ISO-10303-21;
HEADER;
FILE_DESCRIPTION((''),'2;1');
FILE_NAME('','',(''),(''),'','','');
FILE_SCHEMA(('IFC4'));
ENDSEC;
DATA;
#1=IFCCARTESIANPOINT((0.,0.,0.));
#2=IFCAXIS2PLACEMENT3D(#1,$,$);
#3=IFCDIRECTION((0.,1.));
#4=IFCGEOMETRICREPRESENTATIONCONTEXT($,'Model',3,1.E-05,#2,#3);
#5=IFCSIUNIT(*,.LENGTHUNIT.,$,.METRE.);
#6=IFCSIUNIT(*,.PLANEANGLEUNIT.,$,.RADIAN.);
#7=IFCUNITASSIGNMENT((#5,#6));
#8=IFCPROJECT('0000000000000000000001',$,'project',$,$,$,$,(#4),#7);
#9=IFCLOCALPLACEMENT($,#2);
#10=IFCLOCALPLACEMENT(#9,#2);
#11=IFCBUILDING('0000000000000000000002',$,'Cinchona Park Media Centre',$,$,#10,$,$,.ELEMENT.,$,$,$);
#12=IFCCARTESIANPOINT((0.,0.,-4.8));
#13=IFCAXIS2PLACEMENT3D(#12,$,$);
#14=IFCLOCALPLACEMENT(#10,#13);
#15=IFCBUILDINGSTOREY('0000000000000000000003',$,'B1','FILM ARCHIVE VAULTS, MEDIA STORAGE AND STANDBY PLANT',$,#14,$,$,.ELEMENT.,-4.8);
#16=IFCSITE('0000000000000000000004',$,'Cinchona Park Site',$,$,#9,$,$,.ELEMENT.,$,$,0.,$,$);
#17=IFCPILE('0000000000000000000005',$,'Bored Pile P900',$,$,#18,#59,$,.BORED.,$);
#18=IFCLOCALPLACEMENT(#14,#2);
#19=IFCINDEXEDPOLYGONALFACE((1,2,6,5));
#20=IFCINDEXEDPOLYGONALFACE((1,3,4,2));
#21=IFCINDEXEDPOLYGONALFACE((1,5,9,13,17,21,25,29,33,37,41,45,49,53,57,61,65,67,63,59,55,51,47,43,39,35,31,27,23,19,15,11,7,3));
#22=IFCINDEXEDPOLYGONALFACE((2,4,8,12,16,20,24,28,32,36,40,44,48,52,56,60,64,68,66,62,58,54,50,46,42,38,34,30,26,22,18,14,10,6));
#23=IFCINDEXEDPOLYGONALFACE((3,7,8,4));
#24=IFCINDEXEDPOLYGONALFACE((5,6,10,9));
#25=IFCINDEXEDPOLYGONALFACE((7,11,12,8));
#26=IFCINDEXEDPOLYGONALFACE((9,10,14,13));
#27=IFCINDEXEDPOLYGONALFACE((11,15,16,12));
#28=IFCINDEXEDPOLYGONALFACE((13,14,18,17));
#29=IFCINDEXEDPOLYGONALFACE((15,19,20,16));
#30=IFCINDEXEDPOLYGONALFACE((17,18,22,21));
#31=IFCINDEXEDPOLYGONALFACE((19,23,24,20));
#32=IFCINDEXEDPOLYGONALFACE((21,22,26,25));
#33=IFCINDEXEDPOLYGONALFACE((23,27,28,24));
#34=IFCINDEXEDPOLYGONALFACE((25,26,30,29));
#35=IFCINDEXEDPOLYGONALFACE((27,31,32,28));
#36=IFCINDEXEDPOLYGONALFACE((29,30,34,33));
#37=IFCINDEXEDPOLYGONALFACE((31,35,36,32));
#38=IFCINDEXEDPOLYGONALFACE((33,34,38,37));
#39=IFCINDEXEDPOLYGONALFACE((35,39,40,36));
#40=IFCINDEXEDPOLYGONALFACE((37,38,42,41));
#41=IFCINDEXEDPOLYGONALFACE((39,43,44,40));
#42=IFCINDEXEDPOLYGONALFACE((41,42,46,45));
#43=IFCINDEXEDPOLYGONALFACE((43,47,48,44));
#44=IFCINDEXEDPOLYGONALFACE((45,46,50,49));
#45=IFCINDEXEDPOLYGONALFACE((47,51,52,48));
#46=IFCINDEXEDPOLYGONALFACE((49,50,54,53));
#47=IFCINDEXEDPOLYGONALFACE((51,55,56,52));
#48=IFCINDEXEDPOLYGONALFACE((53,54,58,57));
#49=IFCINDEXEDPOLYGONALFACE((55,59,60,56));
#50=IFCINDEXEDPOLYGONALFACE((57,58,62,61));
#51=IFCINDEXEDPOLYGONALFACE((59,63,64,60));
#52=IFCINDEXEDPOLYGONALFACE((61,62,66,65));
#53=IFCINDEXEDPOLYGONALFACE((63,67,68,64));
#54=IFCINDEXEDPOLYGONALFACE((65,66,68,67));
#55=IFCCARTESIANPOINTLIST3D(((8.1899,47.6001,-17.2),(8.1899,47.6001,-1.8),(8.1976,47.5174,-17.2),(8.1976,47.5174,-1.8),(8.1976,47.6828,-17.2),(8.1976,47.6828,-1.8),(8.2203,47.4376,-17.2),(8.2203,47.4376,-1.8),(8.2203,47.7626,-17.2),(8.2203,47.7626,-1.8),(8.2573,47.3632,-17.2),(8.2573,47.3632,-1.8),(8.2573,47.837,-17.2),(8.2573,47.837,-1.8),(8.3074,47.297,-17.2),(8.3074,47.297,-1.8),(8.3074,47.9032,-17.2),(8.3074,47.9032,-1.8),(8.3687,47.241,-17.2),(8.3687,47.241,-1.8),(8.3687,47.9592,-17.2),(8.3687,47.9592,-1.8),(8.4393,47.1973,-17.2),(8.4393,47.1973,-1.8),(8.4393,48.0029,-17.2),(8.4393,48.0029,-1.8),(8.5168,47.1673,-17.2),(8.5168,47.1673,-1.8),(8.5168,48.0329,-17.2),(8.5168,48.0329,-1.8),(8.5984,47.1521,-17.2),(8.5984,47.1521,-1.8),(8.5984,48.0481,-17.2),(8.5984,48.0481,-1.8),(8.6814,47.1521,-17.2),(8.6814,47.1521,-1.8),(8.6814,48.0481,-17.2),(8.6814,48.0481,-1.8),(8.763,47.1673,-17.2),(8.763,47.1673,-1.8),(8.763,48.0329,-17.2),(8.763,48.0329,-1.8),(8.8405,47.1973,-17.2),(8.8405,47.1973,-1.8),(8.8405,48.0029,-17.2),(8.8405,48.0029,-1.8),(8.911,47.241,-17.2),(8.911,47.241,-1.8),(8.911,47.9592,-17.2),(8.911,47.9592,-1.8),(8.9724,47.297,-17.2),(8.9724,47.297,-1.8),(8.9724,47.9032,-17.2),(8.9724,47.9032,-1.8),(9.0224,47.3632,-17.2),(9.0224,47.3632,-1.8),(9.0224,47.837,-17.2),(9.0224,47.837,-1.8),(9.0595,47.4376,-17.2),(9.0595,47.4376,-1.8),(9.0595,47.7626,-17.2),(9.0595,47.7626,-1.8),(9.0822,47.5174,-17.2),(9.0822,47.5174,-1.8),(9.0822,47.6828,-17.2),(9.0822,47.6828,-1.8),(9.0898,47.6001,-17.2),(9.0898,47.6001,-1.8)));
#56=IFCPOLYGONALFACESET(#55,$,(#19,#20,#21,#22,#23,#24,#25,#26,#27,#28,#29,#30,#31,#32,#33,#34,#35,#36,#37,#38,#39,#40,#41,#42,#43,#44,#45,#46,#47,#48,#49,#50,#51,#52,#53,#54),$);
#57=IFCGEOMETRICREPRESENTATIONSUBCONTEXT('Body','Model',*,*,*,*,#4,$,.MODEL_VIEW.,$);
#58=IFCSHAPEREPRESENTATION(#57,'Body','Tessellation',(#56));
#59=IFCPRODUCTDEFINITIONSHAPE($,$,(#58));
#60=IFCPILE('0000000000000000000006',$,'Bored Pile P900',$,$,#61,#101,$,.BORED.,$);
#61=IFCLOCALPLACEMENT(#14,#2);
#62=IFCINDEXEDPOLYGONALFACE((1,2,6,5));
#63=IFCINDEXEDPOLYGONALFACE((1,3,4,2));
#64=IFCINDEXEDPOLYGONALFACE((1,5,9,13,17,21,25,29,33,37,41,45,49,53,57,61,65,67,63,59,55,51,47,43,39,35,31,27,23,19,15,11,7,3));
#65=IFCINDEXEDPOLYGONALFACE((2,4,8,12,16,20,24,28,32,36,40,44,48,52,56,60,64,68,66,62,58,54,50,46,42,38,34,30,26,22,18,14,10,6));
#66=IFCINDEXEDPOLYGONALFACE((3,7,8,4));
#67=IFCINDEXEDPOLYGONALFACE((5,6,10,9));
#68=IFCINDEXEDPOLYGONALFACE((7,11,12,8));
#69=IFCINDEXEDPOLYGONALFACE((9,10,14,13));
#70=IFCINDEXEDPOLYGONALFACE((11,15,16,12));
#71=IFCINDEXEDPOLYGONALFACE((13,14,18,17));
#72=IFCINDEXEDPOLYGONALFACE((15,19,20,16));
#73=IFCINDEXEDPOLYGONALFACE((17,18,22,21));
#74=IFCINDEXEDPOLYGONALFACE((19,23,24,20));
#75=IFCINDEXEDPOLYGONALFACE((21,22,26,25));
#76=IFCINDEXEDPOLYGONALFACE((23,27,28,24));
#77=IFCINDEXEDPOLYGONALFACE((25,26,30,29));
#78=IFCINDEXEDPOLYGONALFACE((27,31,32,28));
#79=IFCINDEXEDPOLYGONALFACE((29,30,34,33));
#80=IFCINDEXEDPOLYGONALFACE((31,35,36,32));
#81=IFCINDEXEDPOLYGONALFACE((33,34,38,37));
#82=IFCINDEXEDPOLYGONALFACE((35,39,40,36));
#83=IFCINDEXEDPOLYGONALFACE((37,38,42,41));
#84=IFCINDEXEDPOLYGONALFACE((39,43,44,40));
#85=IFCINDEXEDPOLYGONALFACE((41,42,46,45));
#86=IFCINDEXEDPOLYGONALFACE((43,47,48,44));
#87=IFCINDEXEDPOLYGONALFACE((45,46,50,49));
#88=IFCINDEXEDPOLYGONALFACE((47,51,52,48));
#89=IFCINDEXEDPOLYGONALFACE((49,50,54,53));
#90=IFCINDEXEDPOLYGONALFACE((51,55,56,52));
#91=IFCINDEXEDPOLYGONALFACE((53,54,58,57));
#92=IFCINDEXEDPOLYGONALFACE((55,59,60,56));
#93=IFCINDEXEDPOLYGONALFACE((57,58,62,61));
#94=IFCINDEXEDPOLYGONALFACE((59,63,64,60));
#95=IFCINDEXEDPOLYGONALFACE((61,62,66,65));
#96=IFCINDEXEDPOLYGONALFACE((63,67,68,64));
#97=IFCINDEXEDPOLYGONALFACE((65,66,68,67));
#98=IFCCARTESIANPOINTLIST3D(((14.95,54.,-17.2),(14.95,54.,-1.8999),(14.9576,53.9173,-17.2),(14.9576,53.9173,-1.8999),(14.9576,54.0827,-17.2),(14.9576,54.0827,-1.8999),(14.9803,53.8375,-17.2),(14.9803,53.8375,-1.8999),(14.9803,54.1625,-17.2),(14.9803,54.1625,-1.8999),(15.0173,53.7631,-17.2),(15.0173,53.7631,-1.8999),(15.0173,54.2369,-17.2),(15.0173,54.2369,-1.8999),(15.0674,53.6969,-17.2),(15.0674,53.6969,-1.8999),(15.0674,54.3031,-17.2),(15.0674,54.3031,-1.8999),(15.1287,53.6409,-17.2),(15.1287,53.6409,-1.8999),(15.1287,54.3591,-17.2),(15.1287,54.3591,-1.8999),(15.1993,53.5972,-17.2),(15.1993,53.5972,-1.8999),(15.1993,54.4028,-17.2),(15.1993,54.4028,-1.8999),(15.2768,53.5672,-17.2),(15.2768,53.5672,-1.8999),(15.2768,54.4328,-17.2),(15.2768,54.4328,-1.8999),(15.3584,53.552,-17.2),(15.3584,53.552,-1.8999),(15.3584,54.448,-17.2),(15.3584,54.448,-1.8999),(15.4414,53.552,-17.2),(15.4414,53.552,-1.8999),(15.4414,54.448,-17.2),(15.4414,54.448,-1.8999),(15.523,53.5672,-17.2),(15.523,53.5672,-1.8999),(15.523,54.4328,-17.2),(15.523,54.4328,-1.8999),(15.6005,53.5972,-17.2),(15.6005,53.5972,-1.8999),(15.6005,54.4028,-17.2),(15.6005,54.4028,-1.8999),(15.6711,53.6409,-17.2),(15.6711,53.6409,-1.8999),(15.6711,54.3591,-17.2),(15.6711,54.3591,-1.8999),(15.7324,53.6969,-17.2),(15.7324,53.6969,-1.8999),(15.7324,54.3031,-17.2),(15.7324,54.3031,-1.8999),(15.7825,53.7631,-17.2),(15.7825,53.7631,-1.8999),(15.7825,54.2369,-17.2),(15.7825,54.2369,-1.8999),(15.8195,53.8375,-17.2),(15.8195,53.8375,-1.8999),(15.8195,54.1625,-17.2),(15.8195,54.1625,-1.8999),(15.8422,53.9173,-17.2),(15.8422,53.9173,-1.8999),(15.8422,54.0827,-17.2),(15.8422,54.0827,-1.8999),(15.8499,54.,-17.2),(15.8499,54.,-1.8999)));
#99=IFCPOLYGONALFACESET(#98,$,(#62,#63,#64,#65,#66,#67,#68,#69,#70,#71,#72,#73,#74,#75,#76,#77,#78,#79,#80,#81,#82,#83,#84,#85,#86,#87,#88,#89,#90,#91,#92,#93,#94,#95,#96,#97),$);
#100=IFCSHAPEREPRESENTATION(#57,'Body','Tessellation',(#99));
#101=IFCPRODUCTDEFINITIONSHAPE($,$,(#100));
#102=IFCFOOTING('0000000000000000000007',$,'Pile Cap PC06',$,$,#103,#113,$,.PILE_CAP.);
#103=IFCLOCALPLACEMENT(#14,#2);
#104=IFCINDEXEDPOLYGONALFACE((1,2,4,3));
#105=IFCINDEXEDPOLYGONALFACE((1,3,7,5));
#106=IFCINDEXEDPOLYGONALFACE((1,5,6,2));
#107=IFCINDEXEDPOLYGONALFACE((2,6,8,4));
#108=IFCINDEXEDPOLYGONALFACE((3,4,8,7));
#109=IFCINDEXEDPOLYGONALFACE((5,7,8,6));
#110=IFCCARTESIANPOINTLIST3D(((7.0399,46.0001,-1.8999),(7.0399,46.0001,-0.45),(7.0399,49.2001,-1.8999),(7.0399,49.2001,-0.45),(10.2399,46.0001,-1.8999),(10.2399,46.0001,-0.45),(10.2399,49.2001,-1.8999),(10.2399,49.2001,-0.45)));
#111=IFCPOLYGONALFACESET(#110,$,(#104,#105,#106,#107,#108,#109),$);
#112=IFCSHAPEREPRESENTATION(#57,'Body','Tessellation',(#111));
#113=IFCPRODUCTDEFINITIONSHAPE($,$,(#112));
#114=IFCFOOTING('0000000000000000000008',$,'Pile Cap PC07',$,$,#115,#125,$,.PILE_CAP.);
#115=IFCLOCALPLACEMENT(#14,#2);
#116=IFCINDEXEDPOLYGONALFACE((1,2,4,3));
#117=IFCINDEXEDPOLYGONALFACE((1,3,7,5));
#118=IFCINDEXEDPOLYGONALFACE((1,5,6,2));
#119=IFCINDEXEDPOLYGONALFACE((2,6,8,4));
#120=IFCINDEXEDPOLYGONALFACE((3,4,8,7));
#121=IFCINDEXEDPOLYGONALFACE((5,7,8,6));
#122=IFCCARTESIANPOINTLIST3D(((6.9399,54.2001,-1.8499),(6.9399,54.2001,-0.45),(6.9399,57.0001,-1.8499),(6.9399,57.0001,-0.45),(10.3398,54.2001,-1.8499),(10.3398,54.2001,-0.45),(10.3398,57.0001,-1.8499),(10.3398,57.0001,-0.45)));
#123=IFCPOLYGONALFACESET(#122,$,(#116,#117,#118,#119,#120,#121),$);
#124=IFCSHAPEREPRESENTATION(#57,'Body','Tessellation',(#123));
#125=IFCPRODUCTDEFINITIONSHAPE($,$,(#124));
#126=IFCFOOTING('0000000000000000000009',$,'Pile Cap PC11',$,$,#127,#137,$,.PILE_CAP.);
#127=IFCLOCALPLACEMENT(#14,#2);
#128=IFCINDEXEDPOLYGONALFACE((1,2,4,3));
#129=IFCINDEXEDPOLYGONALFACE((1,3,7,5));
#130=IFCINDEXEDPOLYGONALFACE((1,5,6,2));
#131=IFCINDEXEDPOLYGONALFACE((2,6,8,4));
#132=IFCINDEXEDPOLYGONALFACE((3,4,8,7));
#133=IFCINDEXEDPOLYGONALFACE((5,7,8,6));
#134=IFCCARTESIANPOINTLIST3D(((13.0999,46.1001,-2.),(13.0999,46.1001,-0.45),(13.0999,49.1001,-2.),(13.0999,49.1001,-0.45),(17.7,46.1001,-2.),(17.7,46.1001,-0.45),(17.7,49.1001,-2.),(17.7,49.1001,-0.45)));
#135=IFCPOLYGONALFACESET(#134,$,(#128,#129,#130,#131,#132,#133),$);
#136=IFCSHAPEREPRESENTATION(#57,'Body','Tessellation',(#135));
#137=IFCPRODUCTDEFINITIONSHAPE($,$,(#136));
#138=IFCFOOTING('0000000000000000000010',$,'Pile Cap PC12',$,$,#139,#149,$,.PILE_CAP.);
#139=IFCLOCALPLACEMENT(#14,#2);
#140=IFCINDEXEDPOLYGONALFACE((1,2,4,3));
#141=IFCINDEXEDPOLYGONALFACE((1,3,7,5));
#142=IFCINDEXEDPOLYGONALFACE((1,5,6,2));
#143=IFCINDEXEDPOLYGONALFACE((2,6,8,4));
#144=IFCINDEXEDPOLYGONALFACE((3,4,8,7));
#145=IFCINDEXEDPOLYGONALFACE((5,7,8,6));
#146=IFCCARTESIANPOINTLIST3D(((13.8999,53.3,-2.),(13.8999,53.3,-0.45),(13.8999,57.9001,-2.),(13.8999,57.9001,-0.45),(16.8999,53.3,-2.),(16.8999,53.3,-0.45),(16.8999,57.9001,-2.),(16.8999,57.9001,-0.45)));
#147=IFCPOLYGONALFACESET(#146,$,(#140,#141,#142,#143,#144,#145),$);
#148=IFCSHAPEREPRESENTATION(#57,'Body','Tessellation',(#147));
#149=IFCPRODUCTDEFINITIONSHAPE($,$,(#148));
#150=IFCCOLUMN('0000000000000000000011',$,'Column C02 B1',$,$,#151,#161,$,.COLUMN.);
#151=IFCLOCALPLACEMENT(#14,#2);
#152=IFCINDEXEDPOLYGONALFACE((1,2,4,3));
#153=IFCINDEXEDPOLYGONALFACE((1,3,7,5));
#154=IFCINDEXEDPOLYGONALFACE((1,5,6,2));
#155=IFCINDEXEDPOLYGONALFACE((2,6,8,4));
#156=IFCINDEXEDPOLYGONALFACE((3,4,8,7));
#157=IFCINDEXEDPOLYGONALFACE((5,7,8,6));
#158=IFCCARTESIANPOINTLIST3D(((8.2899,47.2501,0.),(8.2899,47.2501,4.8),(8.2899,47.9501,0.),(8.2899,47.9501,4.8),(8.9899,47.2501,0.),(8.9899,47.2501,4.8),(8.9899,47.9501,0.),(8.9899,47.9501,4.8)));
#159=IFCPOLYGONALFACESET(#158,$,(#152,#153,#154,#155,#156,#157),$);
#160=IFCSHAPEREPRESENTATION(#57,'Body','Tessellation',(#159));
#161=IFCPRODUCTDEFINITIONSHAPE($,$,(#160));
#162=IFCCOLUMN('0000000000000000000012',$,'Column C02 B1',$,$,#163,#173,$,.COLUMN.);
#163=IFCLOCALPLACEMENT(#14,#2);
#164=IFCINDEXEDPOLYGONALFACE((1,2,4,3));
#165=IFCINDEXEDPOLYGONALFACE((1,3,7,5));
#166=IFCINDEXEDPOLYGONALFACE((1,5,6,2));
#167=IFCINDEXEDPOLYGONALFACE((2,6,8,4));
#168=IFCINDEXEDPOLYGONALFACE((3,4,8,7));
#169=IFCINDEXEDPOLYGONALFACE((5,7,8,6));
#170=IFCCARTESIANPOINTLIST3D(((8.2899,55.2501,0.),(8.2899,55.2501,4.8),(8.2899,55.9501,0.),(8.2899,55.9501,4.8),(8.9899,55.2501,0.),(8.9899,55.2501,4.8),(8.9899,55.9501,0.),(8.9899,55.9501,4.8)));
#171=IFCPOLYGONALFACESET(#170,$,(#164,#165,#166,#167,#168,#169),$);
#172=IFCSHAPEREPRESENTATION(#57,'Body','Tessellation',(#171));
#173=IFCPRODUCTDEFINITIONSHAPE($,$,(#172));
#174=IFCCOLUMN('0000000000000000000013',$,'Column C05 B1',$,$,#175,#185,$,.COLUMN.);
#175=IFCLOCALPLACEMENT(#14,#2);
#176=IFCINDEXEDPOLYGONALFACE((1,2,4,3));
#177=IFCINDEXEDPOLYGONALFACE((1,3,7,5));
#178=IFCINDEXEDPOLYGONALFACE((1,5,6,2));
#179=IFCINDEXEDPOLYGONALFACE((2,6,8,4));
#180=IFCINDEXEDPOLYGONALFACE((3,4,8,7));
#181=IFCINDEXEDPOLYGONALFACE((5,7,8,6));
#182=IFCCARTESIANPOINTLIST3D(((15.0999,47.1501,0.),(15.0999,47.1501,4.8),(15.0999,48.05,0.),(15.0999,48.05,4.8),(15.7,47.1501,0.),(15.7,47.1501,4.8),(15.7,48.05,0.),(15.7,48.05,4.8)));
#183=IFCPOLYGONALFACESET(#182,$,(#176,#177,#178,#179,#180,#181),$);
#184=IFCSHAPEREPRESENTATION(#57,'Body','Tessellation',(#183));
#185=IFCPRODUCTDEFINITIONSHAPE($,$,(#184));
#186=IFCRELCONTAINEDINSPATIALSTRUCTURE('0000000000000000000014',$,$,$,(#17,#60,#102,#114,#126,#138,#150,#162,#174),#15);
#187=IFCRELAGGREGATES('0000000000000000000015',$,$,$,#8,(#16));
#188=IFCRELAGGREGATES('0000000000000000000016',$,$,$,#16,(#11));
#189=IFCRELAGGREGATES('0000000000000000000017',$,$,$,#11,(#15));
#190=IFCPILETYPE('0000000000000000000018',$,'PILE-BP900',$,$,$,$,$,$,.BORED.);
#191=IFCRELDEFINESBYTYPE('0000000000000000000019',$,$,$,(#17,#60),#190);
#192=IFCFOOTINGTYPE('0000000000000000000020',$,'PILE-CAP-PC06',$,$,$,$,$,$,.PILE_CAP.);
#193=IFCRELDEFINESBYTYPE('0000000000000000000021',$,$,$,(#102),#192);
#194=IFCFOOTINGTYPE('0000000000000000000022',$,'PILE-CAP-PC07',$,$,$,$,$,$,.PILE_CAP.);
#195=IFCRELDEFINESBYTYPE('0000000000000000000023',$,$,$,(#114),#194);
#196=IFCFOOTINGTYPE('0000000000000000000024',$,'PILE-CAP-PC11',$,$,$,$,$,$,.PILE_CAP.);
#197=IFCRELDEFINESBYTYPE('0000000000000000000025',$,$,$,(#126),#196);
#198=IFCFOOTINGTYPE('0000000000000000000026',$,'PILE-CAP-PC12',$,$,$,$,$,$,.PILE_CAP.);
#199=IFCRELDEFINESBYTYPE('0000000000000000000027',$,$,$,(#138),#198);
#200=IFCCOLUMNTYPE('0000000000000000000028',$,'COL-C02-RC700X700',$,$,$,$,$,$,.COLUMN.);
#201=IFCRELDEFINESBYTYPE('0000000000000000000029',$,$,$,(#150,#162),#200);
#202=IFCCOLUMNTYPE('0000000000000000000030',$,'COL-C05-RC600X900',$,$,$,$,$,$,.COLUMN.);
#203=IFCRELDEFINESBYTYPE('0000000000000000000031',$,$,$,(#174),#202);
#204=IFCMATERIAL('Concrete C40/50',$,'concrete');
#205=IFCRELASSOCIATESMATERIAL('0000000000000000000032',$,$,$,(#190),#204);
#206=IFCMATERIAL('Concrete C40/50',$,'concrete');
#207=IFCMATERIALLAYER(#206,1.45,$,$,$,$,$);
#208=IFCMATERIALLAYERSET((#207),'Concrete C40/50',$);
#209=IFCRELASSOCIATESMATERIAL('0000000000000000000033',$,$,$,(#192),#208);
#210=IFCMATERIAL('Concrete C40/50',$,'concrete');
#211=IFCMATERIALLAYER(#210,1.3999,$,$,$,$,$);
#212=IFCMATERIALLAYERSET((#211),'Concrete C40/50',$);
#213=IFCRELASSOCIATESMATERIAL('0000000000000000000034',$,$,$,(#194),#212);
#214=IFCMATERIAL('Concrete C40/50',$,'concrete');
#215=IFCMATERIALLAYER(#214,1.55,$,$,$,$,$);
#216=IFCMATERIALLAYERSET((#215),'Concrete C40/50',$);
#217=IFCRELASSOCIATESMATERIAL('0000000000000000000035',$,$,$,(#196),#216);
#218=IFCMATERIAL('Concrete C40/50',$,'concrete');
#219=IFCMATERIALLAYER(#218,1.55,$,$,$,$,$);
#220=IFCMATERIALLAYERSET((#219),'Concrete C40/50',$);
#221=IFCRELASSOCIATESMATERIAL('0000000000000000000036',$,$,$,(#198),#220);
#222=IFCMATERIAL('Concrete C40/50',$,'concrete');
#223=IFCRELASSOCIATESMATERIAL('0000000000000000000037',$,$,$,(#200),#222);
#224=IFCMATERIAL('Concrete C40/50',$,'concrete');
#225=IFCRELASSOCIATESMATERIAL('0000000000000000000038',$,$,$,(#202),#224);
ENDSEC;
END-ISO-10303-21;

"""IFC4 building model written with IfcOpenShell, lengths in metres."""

from ifc_helpers import new_model, si_unit, direction, frame, origin, origin_2d, place, context, subcontext, project, spatial, rectangle, circle, extrude, material, layer, layer_set, material_profile, profile_set, type_object, element, save


model = new_model("IFC4")

# Units and contexts
model_context = context("Model", 3, precision=1e-05, world=origin(), true_north=direction((0.0, 1.0)))
body_context = subcontext(model_context, "Body", "Model", "MODEL_VIEW")
ifc_project = project(units=[si_unit("LENGTHUNIT", "METRE"), si_unit("PLANEANGLEUNIT", "RADIAN")], contexts=[model_context])

# Site, building, storey
site_placement = place(None, origin())
site = spatial("IfcSite", under=ifc_project, at=site_placement, Name="Cinchona Park Site", CompositionType="ELEMENT", RefElevation=0.0)
building_placement = place(site_placement, origin())
building = spatial("IfcBuilding", under=site, at=building_placement, Name="Cinchona Park Media Centre", CompositionType="ELEMENT")
storey_placement = place(building_placement, frame((0.0, 0.0, -4.8)))
storey = spatial("IfcBuildingStorey", under=building, at=storey_placement, Name="B1", Description="FILM ARCHIVE VAULTS, MEDIA STORAGE AND STANDBY PLANT", CompositionType="ELEMENT", Elevation=-4.8)

# Piles
ifc_material_1 = material(Name="Concrete C40/50", Category="concrete")
ifc_material_profile_1 = material_profile(ifc_material_1, circle(Radius=0.45, at=origin_2d()), Name="BORED PILE 900")
ifc_profile_set_1 = profile_set([ifc_material_profile_1], Name="Concrete C40/50")
pile_type_1 = type_object("IfcPileType", Name="PILE-BP900", PredefinedType="BORED", material=ifc_profile_set_1)
pile_1_placement = place(storey_placement, frame((8.6399, 47.6001, -1.8), z_axis=(0.0, 0.0, -1.0), x_axis=(1.0, 0.0, 0.0)))
element("IfcPile", 1, at=pile_1_placement, inside=storey, type_object=pile_type_1, Name="Bored Pile P900", PredefinedType="BORED", context=body_context, shape_type="SweptSolid", body=[
    extrude(circle(Radius=0.45, at=origin_2d()), origin(), (0.0, 0.0, 1.0), 15.3999),
])
pile_2_placement = place(storey_placement, frame((15.3999, 54.0, -1.8999), z_axis=(0.0, 0.0, -1.0), x_axis=(1.0, 0.0, 0.0)))
element("IfcPile", 2, at=pile_2_placement, inside=storey, type_object=pile_type_1, Name="Bored Pile P900", PredefinedType="BORED", context=body_context, shape_type="SweptSolid", body=[
    extrude(circle(Radius=0.45, at=origin_2d()), origin(), (0.0, 0.0, 1.0), 15.3),
])

# Footings
ifc_material_2 = material(Name="Concrete C40/50", Category="concrete")
ifc_layer_1 = layer(ifc_material_2, 1.45)
ifc_layer_set_1 = layer_set([ifc_layer_1], Name="Concrete C40/50")
footing_type_1 = type_object("IfcFootingType", Name="PILE-CAP-PC06", PredefinedType="PILE_CAP", material=ifc_layer_set_1)
footing_1_placement = place(storey_placement, frame((8.6399, 47.6001, -1.8999), z_axis=(0.0, 0.0, 1.0), x_axis=(1.0, 0.0, 0.0)))
element("IfcFooting", 3, at=footing_1_placement, inside=storey, type_object=footing_type_1, Name="Pile Cap PC06", PredefinedType="PILE_CAP", context=body_context, shape_type="SweptSolid", body=[
    extrude(rectangle(XDim=3.2, YDim=3.2, at=origin_2d()), origin(), (0.0, 0.0, 1.0), 1.45),
])
ifc_material_3 = material(Name="Concrete C40/50", Category="concrete")
ifc_layer_2 = layer(ifc_material_3, 1.3999)
ifc_layer_set_2 = layer_set([ifc_layer_2], Name="Concrete C40/50")
footing_type_2 = type_object("IfcFootingType", Name="PILE-CAP-PC07", PredefinedType="PILE_CAP", material=ifc_layer_set_2)
footing_2_placement = place(storey_placement, frame((8.6399, 55.6001, -1.8499), z_axis=(0.0, 0.0, 1.0), x_axis=(1.0, 0.0, 0.0)))
element("IfcFooting", 4, at=footing_2_placement, inside=storey, type_object=footing_type_2, Name="Pile Cap PC07", PredefinedType="PILE_CAP", context=body_context, shape_type="SweptSolid", body=[
    extrude(rectangle(XDim=3.3999, YDim=2.8, at=origin_2d()), origin(), (0.0, 0.0, 1.0), 1.3999),
])
ifc_material_4 = material(Name="Concrete C40/50", Category="concrete")
ifc_layer_3 = layer(ifc_material_4, 1.55)
ifc_layer_set_3 = layer_set([ifc_layer_3], Name="Concrete C40/50")
footing_type_3 = type_object("IfcFootingType", Name="PILE-CAP-PC11", PredefinedType="PILE_CAP", material=ifc_layer_set_3)
footing_3_placement = place(storey_placement, frame((15.3999, 47.6001, -2.0), z_axis=(0.0, 0.0, 1.0), x_axis=(1.0, 0.0, 0.0)))
element("IfcFooting", 5, at=footing_3_placement, inside=storey, type_object=footing_type_3, Name="Pile Cap PC11", PredefinedType="PILE_CAP", context=body_context, shape_type="SweptSolid", body=[
    extrude(rectangle(XDim=4.6001, YDim=3.0, at=origin_2d()), origin(), (0.0, 0.0, 1.0), 1.55),
])
ifc_material_5 = material(Name="Concrete C40/50", Category="concrete")
ifc_layer_4 = layer(ifc_material_5, 1.55)
ifc_layer_set_4 = layer_set([ifc_layer_4], Name="Concrete C40/50")
footing_type_4 = type_object("IfcFootingType", Name="PILE-CAP-PC12", PredefinedType="PILE_CAP", material=ifc_layer_set_4)
footing_4_placement = place(storey_placement, frame((15.3999, 55.6001, -2.0), z_axis=(0.0, 0.0, 1.0), x_axis=(1.0, 0.0, 0.0)))
element("IfcFooting", 6, at=footing_4_placement, inside=storey, type_object=footing_type_4, Name="Pile Cap PC12", PredefinedType="PILE_CAP", context=body_context, shape_type="SweptSolid", body=[
    extrude(rectangle(XDim=3.0, YDim=4.6001, at=origin_2d()), origin(), (0.0, 0.0, 1.0), 1.55),
])

# Columns
ifc_material_6 = material(Name="Concrete C40/50", Category="concrete")
ifc_material_profile_2 = material_profile(ifc_material_6, rectangle(XDim=0.7, YDim=0.7, at=origin_2d()), Name="RC 700X700")
ifc_profile_set_2 = profile_set([ifc_material_profile_2], Name="Concrete C40/50")
column_type_1 = type_object("IfcColumnType", Name="COL-C02-RC700X700", PredefinedType="COLUMN", material=ifc_profile_set_2)
for number, where, z_axis, x_axis, name in (
    (7, (8.6399, 47.6001, 0.0), (0.0, 0.0, 1.0), (1.0, 0.0, 0.0), "Column C02 B1"),
    (8, (8.6399, 55.6001, 0.0), (0.0, 0.0, 1.0), (1.0, 0.0, 0.0), "Column C02 B1"),
):
    element("IfcColumn", number, at=place(storey_placement, frame(where, z_axis=z_axis, x_axis=x_axis)), inside=storey, type_object=column_type_1, Name=name, PredefinedType="COLUMN", context=body_context, shape_type="SweptSolid", body=[
        extrude(rectangle(XDim=0.7, YDim=0.7, at=origin_2d()), origin(), (0.0, 0.0, 1.0), 4.8),
    ])
ifc_material_7 = material(Name="Concrete C40/50", Category="concrete")
ifc_material_profile_3 = material_profile(ifc_material_7, rectangle(XDim=0.6001, YDim=0.8999, at=origin_2d()), Name="RC 600X900")
ifc_profile_set_3 = profile_set([ifc_material_profile_3], Name="Concrete C40/50")
column_type_2 = type_object("IfcColumnType", Name="COL-C05-RC600X900", PredefinedType="COLUMN", material=ifc_profile_set_3)
for number, where, z_axis, x_axis, name in (
    (9, (15.3999, 47.6001, 0.0), (0.0, 0.0, 1.0), (1.0, 0.0, 0.0), "Column C05 B1"),
):
    element("IfcColumn", number, at=place(storey_placement, frame(where, z_axis=z_axis, x_axis=x_axis)), inside=storey, type_object=column_type_2, Name=name, PredefinedType="COLUMN", context=body_context, shape_type="SweptSolid", body=[
        extrude(rectangle(XDim=0.6001, YDim=0.8999, at=origin_2d()), origin(), (0.0, 0.0, 1.0), 4.8),
    ])

save(model, "model.ifc")
